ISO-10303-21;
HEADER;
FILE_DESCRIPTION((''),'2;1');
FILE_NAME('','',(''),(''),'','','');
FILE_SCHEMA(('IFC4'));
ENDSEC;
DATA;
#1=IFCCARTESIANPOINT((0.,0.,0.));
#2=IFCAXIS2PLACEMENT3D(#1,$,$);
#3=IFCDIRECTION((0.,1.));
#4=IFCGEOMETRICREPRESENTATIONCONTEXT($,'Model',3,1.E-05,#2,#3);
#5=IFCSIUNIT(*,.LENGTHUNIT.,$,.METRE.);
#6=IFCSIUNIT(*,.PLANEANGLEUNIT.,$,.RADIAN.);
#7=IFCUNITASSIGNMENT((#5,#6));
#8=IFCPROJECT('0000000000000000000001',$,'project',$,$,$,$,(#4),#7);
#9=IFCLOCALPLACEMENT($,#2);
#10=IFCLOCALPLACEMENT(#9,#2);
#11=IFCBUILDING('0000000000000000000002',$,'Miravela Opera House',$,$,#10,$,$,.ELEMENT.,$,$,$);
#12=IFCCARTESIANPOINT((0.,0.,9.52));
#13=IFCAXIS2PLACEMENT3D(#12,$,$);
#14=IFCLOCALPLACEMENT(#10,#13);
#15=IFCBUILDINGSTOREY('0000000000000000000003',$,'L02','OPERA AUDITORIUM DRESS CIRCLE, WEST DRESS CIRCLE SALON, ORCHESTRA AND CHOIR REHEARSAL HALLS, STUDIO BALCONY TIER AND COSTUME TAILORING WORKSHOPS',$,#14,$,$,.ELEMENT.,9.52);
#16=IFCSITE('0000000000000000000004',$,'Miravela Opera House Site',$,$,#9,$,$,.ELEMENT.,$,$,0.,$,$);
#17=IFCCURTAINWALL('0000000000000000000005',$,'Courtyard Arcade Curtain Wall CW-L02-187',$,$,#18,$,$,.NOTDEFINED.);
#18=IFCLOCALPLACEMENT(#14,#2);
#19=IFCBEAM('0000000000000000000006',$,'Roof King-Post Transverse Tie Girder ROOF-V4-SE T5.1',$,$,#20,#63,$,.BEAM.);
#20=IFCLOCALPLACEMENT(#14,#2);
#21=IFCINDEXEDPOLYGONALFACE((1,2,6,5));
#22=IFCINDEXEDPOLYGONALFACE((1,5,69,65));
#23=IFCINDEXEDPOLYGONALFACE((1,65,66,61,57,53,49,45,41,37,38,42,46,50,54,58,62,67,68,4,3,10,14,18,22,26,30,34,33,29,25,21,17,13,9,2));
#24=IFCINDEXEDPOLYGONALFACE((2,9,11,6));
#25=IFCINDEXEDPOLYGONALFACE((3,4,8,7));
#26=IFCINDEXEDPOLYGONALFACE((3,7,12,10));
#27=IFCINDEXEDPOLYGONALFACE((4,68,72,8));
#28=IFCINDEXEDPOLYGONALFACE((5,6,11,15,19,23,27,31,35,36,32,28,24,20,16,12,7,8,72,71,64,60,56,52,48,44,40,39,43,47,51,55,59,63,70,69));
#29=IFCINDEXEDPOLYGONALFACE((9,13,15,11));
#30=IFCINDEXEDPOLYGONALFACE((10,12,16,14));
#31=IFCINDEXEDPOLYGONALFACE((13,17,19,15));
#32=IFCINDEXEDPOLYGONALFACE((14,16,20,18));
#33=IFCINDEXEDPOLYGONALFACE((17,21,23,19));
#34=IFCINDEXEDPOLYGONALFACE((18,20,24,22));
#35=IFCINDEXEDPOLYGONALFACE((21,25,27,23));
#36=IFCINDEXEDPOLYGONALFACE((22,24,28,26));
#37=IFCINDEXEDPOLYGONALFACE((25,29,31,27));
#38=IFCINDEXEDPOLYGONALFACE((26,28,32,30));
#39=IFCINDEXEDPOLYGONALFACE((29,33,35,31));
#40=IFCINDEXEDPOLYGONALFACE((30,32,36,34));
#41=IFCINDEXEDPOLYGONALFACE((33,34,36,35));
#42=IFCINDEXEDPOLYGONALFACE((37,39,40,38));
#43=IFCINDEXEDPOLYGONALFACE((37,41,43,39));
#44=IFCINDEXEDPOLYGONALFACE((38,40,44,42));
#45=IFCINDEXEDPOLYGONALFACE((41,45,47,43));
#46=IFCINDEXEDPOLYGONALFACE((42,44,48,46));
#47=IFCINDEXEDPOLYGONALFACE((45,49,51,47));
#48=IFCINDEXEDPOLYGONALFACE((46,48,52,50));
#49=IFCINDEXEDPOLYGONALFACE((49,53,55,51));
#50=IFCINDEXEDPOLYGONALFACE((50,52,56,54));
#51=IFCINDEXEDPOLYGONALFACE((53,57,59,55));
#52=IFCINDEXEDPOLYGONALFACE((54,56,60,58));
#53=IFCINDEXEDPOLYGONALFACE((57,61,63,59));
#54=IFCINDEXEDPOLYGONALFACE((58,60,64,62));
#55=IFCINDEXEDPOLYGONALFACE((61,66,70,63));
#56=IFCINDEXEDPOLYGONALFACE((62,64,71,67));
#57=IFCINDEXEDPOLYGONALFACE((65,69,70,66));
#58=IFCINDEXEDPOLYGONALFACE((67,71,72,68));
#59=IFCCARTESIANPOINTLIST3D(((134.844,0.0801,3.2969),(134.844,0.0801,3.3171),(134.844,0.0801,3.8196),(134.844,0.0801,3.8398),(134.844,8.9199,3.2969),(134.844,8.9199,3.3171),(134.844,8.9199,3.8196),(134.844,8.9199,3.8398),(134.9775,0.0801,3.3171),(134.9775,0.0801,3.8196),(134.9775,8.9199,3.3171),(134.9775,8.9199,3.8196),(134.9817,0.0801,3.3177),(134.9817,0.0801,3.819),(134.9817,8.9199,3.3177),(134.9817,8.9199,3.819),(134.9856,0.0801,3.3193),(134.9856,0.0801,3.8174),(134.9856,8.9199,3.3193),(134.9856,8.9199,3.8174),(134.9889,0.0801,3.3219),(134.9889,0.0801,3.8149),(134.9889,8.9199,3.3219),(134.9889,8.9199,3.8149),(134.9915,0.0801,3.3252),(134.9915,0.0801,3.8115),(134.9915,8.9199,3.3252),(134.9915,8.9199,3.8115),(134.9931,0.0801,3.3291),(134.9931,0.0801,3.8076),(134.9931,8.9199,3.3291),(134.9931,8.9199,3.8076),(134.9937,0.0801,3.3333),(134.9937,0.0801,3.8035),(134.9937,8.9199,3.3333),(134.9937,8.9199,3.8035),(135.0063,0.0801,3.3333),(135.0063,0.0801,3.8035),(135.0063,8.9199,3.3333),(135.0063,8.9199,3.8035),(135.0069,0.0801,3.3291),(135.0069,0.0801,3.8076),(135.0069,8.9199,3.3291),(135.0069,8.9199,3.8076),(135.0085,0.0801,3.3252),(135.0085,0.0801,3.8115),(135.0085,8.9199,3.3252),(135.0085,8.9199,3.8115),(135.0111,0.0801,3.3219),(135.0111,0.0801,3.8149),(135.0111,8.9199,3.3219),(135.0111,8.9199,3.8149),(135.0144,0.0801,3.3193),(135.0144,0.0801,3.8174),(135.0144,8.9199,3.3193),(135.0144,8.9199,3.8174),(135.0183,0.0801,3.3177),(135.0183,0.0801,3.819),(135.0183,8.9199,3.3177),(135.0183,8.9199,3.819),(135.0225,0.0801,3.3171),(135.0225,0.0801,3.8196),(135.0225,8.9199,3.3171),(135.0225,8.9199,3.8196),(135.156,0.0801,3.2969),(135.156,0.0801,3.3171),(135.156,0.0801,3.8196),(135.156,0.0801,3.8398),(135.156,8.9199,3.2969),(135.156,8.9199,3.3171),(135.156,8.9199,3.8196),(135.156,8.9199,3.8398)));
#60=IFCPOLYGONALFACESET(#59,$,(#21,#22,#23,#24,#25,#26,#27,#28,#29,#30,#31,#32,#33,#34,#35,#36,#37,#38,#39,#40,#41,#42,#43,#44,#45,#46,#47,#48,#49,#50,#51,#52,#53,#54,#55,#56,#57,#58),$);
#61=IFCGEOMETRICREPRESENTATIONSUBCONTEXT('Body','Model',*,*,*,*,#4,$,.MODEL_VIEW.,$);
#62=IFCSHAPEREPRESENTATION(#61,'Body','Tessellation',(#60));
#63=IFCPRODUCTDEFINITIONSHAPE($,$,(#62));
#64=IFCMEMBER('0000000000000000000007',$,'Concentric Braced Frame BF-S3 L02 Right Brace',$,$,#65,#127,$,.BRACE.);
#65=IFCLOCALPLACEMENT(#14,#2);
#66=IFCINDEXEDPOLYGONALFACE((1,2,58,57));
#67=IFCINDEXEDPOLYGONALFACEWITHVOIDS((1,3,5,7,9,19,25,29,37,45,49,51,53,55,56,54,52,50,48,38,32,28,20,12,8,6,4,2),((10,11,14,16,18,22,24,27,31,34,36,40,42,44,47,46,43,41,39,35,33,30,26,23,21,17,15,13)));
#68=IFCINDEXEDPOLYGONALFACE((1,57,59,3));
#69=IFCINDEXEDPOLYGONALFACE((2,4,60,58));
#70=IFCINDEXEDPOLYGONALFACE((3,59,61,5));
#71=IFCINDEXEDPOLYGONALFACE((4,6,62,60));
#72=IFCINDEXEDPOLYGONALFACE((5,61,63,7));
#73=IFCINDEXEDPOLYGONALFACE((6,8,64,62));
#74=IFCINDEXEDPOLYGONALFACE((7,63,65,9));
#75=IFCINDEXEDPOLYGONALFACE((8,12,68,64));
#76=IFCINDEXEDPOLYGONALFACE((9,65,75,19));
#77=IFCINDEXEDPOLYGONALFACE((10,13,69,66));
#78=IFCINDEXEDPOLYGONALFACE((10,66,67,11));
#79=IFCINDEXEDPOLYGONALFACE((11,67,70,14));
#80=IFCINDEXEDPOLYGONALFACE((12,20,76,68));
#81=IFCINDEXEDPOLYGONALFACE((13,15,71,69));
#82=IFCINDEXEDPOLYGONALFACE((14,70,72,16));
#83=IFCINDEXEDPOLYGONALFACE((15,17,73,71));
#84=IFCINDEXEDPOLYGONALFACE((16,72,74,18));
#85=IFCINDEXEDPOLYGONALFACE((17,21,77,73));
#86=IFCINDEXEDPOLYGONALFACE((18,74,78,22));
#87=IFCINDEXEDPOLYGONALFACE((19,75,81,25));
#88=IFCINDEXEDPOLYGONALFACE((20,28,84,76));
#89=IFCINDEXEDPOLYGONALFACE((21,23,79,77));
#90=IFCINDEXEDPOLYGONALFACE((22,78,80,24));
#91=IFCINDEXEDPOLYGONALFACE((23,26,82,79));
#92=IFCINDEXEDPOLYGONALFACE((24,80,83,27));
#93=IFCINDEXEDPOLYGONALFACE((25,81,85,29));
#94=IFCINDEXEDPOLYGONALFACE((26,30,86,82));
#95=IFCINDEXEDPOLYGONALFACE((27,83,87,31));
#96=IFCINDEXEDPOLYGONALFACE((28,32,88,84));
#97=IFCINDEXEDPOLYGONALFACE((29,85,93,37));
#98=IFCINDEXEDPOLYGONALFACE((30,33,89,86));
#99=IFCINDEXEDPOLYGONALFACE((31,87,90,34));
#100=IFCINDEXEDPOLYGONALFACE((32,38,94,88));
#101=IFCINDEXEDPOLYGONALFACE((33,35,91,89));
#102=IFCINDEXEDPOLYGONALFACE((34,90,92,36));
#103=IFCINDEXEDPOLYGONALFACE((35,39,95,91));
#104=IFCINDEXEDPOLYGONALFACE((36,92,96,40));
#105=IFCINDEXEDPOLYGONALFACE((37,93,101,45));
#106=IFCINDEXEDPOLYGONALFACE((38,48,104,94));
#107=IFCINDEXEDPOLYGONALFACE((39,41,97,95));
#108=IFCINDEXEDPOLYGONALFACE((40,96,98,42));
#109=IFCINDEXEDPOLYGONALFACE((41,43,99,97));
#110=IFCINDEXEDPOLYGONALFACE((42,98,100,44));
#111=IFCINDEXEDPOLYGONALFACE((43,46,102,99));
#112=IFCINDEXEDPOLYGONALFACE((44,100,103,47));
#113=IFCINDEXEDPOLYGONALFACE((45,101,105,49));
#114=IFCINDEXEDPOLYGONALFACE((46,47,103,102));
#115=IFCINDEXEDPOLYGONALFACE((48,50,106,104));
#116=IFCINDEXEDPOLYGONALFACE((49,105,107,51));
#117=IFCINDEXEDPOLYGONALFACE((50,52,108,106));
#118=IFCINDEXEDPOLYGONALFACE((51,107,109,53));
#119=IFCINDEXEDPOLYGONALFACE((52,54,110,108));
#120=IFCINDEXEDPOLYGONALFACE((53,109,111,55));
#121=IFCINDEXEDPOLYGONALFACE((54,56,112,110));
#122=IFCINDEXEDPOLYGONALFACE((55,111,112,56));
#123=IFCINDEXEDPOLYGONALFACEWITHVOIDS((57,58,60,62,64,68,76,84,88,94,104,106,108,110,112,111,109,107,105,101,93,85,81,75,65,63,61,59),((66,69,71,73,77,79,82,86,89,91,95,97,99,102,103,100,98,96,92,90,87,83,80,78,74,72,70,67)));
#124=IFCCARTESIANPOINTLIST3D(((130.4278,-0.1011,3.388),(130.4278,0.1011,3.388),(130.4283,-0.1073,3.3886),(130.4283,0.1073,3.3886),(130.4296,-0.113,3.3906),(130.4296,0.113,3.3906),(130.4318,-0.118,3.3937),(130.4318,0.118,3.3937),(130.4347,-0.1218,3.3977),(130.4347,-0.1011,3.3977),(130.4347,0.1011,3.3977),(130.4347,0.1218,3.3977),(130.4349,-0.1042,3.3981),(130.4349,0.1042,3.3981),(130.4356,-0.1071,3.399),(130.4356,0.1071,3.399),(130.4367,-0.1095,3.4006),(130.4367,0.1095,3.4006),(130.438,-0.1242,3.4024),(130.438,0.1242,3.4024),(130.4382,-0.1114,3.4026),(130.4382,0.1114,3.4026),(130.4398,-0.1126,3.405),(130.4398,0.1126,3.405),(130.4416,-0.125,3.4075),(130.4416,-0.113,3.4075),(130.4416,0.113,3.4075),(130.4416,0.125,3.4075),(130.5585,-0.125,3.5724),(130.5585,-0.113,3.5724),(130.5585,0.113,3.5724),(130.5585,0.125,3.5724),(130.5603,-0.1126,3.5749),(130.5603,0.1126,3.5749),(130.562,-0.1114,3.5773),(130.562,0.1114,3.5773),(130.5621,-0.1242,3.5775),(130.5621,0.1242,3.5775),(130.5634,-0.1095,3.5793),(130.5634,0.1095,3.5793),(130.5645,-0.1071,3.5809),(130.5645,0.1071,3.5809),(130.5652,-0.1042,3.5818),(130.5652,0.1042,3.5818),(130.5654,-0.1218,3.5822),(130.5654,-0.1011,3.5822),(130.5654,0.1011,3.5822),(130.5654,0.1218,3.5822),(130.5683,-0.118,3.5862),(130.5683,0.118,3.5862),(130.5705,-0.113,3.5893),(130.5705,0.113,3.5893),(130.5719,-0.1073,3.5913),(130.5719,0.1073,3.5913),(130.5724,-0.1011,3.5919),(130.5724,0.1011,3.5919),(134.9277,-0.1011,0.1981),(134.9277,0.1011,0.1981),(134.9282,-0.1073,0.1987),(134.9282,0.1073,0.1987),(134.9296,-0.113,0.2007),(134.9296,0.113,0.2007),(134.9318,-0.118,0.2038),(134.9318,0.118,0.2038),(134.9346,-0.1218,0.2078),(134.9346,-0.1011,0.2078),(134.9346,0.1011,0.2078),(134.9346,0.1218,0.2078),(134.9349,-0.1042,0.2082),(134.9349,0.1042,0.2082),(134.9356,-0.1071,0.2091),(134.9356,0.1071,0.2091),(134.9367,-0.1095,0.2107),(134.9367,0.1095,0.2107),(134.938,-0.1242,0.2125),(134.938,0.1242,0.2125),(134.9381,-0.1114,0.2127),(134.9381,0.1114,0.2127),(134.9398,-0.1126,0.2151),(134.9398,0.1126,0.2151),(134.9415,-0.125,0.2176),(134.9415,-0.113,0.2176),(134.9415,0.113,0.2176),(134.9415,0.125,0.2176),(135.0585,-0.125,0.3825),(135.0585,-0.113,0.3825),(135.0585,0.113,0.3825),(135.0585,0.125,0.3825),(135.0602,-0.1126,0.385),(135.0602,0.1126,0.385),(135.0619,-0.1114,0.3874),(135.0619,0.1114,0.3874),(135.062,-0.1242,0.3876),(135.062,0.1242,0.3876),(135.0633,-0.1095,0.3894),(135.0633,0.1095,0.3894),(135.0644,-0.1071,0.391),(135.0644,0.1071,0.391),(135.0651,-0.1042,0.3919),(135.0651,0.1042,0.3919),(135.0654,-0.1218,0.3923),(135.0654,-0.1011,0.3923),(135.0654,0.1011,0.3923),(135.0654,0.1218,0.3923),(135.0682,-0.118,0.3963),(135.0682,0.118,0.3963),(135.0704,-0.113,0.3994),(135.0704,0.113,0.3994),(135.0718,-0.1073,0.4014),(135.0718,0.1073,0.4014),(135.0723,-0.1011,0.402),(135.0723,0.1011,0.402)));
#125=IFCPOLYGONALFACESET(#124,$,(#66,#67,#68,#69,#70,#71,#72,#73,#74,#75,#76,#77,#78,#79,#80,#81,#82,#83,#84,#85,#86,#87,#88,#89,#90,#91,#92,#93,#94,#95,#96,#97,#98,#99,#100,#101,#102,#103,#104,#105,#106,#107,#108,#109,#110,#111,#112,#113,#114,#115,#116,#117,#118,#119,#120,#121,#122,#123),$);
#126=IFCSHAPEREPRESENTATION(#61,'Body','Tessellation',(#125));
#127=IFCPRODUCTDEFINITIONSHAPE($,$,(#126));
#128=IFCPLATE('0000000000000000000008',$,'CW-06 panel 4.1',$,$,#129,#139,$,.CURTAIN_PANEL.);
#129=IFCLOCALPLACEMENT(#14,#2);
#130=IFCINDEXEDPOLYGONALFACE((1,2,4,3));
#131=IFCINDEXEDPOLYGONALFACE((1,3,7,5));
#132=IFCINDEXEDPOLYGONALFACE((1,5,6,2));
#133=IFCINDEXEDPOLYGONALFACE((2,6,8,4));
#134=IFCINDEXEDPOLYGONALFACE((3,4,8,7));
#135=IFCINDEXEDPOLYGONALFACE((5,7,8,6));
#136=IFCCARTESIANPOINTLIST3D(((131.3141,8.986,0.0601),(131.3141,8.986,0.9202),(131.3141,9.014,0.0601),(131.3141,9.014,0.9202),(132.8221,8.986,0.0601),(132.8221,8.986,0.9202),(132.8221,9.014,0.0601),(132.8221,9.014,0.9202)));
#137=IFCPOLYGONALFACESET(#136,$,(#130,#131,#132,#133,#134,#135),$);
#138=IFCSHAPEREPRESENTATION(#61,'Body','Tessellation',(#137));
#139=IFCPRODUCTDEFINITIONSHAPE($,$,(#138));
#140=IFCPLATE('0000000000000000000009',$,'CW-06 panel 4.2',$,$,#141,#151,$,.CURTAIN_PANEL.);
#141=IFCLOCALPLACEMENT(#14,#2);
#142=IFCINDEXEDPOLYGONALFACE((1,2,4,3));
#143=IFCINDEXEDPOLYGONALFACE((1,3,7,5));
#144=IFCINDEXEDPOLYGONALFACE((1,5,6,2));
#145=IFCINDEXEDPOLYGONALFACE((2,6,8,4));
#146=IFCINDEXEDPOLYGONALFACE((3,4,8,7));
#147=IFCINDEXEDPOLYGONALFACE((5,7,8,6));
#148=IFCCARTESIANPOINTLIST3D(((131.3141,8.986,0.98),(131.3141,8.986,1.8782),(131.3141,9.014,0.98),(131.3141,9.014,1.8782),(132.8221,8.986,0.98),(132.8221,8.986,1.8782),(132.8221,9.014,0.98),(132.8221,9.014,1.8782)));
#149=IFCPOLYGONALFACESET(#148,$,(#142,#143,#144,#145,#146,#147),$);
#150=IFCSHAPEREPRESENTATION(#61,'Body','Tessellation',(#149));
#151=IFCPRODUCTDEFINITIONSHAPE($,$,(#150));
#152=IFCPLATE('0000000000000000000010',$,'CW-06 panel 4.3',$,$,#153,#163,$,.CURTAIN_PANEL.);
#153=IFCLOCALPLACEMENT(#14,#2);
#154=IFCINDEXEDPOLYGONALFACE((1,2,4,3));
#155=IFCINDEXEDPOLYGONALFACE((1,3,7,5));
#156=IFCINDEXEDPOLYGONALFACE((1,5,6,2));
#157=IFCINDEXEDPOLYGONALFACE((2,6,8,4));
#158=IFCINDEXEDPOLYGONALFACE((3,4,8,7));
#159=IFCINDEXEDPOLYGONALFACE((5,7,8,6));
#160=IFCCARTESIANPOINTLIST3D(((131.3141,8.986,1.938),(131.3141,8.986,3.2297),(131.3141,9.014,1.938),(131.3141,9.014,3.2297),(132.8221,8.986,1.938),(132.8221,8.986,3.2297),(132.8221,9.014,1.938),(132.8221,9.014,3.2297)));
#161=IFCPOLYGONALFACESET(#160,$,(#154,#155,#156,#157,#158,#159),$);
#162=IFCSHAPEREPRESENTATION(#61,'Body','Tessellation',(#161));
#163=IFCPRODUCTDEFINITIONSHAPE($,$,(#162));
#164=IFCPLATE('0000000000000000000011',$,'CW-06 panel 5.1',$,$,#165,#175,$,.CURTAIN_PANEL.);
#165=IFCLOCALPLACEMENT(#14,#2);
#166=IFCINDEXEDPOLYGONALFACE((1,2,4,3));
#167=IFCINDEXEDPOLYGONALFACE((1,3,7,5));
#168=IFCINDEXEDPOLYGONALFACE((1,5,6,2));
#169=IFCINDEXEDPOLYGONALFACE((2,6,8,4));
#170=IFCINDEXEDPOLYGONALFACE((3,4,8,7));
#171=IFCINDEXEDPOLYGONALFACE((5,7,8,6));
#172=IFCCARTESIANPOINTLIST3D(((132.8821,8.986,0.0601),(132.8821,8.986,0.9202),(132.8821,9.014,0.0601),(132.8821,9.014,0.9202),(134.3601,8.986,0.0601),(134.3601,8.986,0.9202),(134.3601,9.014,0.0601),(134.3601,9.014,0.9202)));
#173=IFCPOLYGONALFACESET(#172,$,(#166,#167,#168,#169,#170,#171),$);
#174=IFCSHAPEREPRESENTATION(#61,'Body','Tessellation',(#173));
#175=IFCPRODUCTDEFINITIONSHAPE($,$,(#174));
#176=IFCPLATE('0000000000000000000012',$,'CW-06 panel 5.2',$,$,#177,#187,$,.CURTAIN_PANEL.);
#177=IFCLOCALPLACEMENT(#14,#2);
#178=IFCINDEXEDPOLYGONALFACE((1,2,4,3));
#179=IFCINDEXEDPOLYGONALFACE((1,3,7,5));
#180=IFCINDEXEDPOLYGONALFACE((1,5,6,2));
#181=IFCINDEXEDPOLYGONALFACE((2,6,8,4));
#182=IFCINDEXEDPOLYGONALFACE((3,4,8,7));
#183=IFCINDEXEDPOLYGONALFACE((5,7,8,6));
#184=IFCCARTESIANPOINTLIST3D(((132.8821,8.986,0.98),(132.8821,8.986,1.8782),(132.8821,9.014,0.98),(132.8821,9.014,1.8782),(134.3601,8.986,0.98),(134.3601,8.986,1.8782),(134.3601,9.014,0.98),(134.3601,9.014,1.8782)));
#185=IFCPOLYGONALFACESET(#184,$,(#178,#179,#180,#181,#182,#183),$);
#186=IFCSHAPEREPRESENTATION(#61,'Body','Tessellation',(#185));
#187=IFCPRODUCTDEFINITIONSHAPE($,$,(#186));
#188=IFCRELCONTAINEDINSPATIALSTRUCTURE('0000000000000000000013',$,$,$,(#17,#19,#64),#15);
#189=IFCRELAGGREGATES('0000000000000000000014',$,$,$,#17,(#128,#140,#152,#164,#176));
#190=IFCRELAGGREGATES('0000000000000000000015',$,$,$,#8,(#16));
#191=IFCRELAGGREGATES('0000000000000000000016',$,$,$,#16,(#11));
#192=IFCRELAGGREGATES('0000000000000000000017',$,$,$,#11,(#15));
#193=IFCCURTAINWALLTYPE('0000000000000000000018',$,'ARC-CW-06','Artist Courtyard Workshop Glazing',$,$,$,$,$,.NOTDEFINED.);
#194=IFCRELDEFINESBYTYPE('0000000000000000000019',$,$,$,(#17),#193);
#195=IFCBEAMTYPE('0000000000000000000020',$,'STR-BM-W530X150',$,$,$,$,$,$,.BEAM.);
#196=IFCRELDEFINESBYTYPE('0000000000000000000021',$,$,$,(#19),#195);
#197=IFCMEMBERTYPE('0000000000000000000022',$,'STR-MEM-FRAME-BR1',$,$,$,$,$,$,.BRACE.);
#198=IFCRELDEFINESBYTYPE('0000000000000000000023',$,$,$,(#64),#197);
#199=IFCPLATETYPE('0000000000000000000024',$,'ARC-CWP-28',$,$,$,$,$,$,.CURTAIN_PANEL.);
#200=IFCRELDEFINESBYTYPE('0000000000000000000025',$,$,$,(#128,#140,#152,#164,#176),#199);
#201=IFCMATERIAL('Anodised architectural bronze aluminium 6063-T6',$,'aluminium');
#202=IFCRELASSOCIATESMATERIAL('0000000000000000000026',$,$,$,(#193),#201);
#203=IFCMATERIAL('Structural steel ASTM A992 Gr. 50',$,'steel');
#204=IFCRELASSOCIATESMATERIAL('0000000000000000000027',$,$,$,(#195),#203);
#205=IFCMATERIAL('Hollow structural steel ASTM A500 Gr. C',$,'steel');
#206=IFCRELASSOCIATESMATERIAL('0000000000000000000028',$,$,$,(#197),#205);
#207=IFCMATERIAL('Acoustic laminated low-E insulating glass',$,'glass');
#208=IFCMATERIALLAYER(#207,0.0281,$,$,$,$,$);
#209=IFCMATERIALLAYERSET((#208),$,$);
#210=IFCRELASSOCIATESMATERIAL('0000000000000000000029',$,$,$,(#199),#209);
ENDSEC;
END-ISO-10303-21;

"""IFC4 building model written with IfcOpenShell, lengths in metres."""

from ifc_helpers import new_model, si_unit, direction, frame, origin, origin_2d, place, context, subcontext, project, spatial, rectangle, hollow_rectangle, i_section, extrude, material, layer, layer_set, material_profile, profile_set, type_object, element, aggregate, save


model = new_model("IFC4")

# Units and contexts
model_context = context("Model", 3, precision=1e-05, world=origin(), true_north=direction((0.0, 1.0)))
body_context = subcontext(model_context, "Body", "Model", "MODEL_VIEW")
ifc_project = project(units=[si_unit("LENGTHUNIT", "METRE"), si_unit("PLANEANGLEUNIT", "RADIAN")], contexts=[model_context])

# Site, building, storey
site_placement = place(None, origin())
site = spatial("IfcSite", under=ifc_project, at=site_placement, Name="Miravela Opera House Site", CompositionType="ELEMENT", RefElevation=0.0)
building_placement = place(site_placement, origin())
building = spatial("IfcBuilding", under=site, at=building_placement, Name="Miravela Opera House", CompositionType="ELEMENT")
storey_placement = place(building_placement, frame((0.0, 0.0, 9.52)))
storey = spatial("IfcBuildingStorey", under=building, at=storey_placement, Name="L02", Description="OPERA AUDITORIUM DRESS CIRCLE, WEST DRESS CIRCLE SALON, ORCHESTRA AND CHOIR REHEARSAL HALLS, STUDIO BALCONY TIER AND COSTUME TAILORING WORKSHOPS", CompositionType="ELEMENT", Elevation=9.52)

# Curtain wall
ifc_material_1 = material(Name="Anodised architectural bronze aluminium 6063-T6", Category="aluminium")
curtain_wall_type = type_object("IfcCurtainWallType", Name="ARC-CW-06", Description="Artist Courtyard Workshop Glazing", PredefinedType="NOTDEFINED", material=ifc_material_1)
curtain_wall_1_placement = place(storey_placement, origin())
curtain_wall_1 = element("IfcCurtainWall", 1, at=curtain_wall_1_placement, inside=storey, type_object=curtain_wall_type, Name="Courtyard Arcade Curtain Wall CW-L02-187", PredefinedType="NOTDEFINED")

# Beam
ifc_material_2 = material(Name="Structural steel ASTM A992 Gr. 50", Category="steel")
ifc_material_profile_1 = material_profile(ifc_material_2, i_section(OverallWidth=0.312, OverallDepth=0.543, WebThickness=0.0127, FlangeThickness=0.0203, FilletRadius=0.0161, at=origin_2d()), Name="W530X150")
ifc_profile_set_1 = profile_set([ifc_material_profile_1])
beam_type = type_object("IfcBeamType", Name="STR-BM-W530X150", PredefinedType="BEAM", material=ifc_profile_set_1)
for number, where, z_axis, x_axis, name in (
    (2, (135.0, 0.0801, 3.5684), (0.0, 1.0, 0.0), (-1.0, 0.0, 0.0), "Roof King-Post Transverse Tie Girder ROOF-V4-SE T5.1"),
):
    element("IfcBeam", number, at=place(storey_placement, frame(where, z_axis=z_axis, x_axis=x_axis)), inside=storey, type_object=beam_type, Name=name, PredefinedType="BEAM", context=body_context, shape_type="SweptSolid", body=[
        extrude(i_section(OverallWidth=0.312, OverallDepth=0.543, WebThickness=0.0127, FlangeThickness=0.0203, FilletRadius=0.0161, at=origin_2d()), origin(), (0.0, 0.0, 1.0), 8.8398),
    ])

# Member
ifc_material_3 = material(Name="Hollow structural steel ASTM A500 Gr. C", Category="steel")
ifc_material_profile_2 = material_profile(ifc_material_3, hollow_rectangle(XDim=0.25, YDim=0.25, WallThickness=0.012, InnerFilletRadius=0.012, OuterFilletRadius=0.0239, at=origin_2d()), Name="HSS250X250X12")
ifc_profile_set_2 = profile_set([ifc_material_profile_2])
member_type_1 = type_object("IfcMemberType", Name="STR-MEM-FRAME-BR1", PredefinedType="BRACE", material=ifc_profile_set_2)
member_1_placement = place(storey_placement, frame((135.0, 0.0, 0.3), z_axis=(-0.815816, 0.0, 0.578312), x_axis=(0.0, -1.0, 0.0)))
element("IfcMember", 3, at=member_1_placement, inside=storey, type_object=member_type_1, Name="Concentric Braced Frame BF-S3 L02 Right Brace", PredefinedType="BRACE", context=body_context, shape_type="SweptSolid", body=[
    extrude(hollow_rectangle(XDim=0.25, YDim=0.25, WallThickness=0.012, InnerFilletRadius=0.012, OuterFilletRadius=0.0239, at=origin_2d()), origin(), (0.0, 0.0, 1.0), 5.5159),
])

# Plates
ifc_material_4 = material(Name="Acoustic laminated low-E insulating glass", Category="glass")
ifc_layer_1 = layer(ifc_material_4, 0.0281)
ifc_layer_set_1 = layer_set([ifc_layer_1])
plate_type_1 = type_object("IfcPlateType", Name="ARC-CWP-28", PredefinedType="CURTAIN_PANEL", material=ifc_layer_set_1)
plate_1_placement = place(storey_placement, frame((132.0681, 9.0, 0.0601), z_axis=(0.0, 0.0, 1.0), x_axis=(1.0, 0.0, 0.0)))
plate_1 = element("IfcPlate", 4, at=plate_1_placement, type_object=plate_type_1, Name="CW-06 panel 4.1", PredefinedType="CURTAIN_PANEL", context=body_context, shape_type="SweptSolid", body=[
    extrude(rectangle(XDim=1.5081, YDim=0.0281, at=origin_2d()), origin(), (0.0, 0.0, 1.0), 0.8601),
])
plate_2_placement = place(storey_placement, frame((132.0681, 9.0, 0.98), z_axis=(0.0, 0.0, 1.0), x_axis=(1.0, 0.0, 0.0)))
plate_2 = element("IfcPlate", 5, at=plate_2_placement, type_object=plate_type_1, Name="CW-06 panel 4.2", PredefinedType="CURTAIN_PANEL", context=body_context, shape_type="SweptSolid", body=[
    extrude(rectangle(XDim=1.5081, YDim=0.0281, at=origin_2d()), origin(), (0.0, 0.0, 1.0), 0.8982),
])
plate_3_placement = place(storey_placement, frame((132.0681, 9.0, 1.938), z_axis=(0.0, 0.0, 1.0), x_axis=(1.0, 0.0, 0.0)))
plate_3 = element("IfcPlate", 6, at=plate_3_placement, type_object=plate_type_1, Name="CW-06 panel 4.3", PredefinedType="CURTAIN_PANEL", context=body_context, shape_type="SweptSolid", body=[
    extrude(rectangle(XDim=1.5081, YDim=0.0281, at=origin_2d()), origin(), (0.0, 0.0, 1.0), 1.2917),
])
plate_4_placement = place(storey_placement, frame((133.6211, 9.0, 0.0601), z_axis=(0.0, 0.0, 1.0), x_axis=(1.0, 0.0, 0.0)))
plate_4 = element("IfcPlate", 7, at=plate_4_placement, type_object=plate_type_1, Name="CW-06 panel 5.1", PredefinedType="CURTAIN_PANEL", context=body_context, shape_type="SweptSolid", body=[
    extrude(rectangle(XDim=1.478, YDim=0.0281, at=origin_2d()), origin(), (0.0, 0.0, 1.0), 0.8601),
])
plate_5_placement = place(storey_placement, frame((133.6211, 9.0, 0.98), z_axis=(0.0, 0.0, 1.0), x_axis=(1.0, 0.0, 0.0)))
plate_5 = element("IfcPlate", 8, at=plate_5_placement, type_object=plate_type_1, Name="CW-06 panel 5.2", PredefinedType="CURTAIN_PANEL", context=body_context, shape_type="SweptSolid", body=[
    extrude(rectangle(XDim=1.478, YDim=0.0281, at=origin_2d()), origin(), (0.0, 0.0, 1.0), 0.8982),
])
aggregate(curtain_wall_1, [plate_1, plate_2, plate_3, plate_4, plate_5])

save(model, "model.ifc")
